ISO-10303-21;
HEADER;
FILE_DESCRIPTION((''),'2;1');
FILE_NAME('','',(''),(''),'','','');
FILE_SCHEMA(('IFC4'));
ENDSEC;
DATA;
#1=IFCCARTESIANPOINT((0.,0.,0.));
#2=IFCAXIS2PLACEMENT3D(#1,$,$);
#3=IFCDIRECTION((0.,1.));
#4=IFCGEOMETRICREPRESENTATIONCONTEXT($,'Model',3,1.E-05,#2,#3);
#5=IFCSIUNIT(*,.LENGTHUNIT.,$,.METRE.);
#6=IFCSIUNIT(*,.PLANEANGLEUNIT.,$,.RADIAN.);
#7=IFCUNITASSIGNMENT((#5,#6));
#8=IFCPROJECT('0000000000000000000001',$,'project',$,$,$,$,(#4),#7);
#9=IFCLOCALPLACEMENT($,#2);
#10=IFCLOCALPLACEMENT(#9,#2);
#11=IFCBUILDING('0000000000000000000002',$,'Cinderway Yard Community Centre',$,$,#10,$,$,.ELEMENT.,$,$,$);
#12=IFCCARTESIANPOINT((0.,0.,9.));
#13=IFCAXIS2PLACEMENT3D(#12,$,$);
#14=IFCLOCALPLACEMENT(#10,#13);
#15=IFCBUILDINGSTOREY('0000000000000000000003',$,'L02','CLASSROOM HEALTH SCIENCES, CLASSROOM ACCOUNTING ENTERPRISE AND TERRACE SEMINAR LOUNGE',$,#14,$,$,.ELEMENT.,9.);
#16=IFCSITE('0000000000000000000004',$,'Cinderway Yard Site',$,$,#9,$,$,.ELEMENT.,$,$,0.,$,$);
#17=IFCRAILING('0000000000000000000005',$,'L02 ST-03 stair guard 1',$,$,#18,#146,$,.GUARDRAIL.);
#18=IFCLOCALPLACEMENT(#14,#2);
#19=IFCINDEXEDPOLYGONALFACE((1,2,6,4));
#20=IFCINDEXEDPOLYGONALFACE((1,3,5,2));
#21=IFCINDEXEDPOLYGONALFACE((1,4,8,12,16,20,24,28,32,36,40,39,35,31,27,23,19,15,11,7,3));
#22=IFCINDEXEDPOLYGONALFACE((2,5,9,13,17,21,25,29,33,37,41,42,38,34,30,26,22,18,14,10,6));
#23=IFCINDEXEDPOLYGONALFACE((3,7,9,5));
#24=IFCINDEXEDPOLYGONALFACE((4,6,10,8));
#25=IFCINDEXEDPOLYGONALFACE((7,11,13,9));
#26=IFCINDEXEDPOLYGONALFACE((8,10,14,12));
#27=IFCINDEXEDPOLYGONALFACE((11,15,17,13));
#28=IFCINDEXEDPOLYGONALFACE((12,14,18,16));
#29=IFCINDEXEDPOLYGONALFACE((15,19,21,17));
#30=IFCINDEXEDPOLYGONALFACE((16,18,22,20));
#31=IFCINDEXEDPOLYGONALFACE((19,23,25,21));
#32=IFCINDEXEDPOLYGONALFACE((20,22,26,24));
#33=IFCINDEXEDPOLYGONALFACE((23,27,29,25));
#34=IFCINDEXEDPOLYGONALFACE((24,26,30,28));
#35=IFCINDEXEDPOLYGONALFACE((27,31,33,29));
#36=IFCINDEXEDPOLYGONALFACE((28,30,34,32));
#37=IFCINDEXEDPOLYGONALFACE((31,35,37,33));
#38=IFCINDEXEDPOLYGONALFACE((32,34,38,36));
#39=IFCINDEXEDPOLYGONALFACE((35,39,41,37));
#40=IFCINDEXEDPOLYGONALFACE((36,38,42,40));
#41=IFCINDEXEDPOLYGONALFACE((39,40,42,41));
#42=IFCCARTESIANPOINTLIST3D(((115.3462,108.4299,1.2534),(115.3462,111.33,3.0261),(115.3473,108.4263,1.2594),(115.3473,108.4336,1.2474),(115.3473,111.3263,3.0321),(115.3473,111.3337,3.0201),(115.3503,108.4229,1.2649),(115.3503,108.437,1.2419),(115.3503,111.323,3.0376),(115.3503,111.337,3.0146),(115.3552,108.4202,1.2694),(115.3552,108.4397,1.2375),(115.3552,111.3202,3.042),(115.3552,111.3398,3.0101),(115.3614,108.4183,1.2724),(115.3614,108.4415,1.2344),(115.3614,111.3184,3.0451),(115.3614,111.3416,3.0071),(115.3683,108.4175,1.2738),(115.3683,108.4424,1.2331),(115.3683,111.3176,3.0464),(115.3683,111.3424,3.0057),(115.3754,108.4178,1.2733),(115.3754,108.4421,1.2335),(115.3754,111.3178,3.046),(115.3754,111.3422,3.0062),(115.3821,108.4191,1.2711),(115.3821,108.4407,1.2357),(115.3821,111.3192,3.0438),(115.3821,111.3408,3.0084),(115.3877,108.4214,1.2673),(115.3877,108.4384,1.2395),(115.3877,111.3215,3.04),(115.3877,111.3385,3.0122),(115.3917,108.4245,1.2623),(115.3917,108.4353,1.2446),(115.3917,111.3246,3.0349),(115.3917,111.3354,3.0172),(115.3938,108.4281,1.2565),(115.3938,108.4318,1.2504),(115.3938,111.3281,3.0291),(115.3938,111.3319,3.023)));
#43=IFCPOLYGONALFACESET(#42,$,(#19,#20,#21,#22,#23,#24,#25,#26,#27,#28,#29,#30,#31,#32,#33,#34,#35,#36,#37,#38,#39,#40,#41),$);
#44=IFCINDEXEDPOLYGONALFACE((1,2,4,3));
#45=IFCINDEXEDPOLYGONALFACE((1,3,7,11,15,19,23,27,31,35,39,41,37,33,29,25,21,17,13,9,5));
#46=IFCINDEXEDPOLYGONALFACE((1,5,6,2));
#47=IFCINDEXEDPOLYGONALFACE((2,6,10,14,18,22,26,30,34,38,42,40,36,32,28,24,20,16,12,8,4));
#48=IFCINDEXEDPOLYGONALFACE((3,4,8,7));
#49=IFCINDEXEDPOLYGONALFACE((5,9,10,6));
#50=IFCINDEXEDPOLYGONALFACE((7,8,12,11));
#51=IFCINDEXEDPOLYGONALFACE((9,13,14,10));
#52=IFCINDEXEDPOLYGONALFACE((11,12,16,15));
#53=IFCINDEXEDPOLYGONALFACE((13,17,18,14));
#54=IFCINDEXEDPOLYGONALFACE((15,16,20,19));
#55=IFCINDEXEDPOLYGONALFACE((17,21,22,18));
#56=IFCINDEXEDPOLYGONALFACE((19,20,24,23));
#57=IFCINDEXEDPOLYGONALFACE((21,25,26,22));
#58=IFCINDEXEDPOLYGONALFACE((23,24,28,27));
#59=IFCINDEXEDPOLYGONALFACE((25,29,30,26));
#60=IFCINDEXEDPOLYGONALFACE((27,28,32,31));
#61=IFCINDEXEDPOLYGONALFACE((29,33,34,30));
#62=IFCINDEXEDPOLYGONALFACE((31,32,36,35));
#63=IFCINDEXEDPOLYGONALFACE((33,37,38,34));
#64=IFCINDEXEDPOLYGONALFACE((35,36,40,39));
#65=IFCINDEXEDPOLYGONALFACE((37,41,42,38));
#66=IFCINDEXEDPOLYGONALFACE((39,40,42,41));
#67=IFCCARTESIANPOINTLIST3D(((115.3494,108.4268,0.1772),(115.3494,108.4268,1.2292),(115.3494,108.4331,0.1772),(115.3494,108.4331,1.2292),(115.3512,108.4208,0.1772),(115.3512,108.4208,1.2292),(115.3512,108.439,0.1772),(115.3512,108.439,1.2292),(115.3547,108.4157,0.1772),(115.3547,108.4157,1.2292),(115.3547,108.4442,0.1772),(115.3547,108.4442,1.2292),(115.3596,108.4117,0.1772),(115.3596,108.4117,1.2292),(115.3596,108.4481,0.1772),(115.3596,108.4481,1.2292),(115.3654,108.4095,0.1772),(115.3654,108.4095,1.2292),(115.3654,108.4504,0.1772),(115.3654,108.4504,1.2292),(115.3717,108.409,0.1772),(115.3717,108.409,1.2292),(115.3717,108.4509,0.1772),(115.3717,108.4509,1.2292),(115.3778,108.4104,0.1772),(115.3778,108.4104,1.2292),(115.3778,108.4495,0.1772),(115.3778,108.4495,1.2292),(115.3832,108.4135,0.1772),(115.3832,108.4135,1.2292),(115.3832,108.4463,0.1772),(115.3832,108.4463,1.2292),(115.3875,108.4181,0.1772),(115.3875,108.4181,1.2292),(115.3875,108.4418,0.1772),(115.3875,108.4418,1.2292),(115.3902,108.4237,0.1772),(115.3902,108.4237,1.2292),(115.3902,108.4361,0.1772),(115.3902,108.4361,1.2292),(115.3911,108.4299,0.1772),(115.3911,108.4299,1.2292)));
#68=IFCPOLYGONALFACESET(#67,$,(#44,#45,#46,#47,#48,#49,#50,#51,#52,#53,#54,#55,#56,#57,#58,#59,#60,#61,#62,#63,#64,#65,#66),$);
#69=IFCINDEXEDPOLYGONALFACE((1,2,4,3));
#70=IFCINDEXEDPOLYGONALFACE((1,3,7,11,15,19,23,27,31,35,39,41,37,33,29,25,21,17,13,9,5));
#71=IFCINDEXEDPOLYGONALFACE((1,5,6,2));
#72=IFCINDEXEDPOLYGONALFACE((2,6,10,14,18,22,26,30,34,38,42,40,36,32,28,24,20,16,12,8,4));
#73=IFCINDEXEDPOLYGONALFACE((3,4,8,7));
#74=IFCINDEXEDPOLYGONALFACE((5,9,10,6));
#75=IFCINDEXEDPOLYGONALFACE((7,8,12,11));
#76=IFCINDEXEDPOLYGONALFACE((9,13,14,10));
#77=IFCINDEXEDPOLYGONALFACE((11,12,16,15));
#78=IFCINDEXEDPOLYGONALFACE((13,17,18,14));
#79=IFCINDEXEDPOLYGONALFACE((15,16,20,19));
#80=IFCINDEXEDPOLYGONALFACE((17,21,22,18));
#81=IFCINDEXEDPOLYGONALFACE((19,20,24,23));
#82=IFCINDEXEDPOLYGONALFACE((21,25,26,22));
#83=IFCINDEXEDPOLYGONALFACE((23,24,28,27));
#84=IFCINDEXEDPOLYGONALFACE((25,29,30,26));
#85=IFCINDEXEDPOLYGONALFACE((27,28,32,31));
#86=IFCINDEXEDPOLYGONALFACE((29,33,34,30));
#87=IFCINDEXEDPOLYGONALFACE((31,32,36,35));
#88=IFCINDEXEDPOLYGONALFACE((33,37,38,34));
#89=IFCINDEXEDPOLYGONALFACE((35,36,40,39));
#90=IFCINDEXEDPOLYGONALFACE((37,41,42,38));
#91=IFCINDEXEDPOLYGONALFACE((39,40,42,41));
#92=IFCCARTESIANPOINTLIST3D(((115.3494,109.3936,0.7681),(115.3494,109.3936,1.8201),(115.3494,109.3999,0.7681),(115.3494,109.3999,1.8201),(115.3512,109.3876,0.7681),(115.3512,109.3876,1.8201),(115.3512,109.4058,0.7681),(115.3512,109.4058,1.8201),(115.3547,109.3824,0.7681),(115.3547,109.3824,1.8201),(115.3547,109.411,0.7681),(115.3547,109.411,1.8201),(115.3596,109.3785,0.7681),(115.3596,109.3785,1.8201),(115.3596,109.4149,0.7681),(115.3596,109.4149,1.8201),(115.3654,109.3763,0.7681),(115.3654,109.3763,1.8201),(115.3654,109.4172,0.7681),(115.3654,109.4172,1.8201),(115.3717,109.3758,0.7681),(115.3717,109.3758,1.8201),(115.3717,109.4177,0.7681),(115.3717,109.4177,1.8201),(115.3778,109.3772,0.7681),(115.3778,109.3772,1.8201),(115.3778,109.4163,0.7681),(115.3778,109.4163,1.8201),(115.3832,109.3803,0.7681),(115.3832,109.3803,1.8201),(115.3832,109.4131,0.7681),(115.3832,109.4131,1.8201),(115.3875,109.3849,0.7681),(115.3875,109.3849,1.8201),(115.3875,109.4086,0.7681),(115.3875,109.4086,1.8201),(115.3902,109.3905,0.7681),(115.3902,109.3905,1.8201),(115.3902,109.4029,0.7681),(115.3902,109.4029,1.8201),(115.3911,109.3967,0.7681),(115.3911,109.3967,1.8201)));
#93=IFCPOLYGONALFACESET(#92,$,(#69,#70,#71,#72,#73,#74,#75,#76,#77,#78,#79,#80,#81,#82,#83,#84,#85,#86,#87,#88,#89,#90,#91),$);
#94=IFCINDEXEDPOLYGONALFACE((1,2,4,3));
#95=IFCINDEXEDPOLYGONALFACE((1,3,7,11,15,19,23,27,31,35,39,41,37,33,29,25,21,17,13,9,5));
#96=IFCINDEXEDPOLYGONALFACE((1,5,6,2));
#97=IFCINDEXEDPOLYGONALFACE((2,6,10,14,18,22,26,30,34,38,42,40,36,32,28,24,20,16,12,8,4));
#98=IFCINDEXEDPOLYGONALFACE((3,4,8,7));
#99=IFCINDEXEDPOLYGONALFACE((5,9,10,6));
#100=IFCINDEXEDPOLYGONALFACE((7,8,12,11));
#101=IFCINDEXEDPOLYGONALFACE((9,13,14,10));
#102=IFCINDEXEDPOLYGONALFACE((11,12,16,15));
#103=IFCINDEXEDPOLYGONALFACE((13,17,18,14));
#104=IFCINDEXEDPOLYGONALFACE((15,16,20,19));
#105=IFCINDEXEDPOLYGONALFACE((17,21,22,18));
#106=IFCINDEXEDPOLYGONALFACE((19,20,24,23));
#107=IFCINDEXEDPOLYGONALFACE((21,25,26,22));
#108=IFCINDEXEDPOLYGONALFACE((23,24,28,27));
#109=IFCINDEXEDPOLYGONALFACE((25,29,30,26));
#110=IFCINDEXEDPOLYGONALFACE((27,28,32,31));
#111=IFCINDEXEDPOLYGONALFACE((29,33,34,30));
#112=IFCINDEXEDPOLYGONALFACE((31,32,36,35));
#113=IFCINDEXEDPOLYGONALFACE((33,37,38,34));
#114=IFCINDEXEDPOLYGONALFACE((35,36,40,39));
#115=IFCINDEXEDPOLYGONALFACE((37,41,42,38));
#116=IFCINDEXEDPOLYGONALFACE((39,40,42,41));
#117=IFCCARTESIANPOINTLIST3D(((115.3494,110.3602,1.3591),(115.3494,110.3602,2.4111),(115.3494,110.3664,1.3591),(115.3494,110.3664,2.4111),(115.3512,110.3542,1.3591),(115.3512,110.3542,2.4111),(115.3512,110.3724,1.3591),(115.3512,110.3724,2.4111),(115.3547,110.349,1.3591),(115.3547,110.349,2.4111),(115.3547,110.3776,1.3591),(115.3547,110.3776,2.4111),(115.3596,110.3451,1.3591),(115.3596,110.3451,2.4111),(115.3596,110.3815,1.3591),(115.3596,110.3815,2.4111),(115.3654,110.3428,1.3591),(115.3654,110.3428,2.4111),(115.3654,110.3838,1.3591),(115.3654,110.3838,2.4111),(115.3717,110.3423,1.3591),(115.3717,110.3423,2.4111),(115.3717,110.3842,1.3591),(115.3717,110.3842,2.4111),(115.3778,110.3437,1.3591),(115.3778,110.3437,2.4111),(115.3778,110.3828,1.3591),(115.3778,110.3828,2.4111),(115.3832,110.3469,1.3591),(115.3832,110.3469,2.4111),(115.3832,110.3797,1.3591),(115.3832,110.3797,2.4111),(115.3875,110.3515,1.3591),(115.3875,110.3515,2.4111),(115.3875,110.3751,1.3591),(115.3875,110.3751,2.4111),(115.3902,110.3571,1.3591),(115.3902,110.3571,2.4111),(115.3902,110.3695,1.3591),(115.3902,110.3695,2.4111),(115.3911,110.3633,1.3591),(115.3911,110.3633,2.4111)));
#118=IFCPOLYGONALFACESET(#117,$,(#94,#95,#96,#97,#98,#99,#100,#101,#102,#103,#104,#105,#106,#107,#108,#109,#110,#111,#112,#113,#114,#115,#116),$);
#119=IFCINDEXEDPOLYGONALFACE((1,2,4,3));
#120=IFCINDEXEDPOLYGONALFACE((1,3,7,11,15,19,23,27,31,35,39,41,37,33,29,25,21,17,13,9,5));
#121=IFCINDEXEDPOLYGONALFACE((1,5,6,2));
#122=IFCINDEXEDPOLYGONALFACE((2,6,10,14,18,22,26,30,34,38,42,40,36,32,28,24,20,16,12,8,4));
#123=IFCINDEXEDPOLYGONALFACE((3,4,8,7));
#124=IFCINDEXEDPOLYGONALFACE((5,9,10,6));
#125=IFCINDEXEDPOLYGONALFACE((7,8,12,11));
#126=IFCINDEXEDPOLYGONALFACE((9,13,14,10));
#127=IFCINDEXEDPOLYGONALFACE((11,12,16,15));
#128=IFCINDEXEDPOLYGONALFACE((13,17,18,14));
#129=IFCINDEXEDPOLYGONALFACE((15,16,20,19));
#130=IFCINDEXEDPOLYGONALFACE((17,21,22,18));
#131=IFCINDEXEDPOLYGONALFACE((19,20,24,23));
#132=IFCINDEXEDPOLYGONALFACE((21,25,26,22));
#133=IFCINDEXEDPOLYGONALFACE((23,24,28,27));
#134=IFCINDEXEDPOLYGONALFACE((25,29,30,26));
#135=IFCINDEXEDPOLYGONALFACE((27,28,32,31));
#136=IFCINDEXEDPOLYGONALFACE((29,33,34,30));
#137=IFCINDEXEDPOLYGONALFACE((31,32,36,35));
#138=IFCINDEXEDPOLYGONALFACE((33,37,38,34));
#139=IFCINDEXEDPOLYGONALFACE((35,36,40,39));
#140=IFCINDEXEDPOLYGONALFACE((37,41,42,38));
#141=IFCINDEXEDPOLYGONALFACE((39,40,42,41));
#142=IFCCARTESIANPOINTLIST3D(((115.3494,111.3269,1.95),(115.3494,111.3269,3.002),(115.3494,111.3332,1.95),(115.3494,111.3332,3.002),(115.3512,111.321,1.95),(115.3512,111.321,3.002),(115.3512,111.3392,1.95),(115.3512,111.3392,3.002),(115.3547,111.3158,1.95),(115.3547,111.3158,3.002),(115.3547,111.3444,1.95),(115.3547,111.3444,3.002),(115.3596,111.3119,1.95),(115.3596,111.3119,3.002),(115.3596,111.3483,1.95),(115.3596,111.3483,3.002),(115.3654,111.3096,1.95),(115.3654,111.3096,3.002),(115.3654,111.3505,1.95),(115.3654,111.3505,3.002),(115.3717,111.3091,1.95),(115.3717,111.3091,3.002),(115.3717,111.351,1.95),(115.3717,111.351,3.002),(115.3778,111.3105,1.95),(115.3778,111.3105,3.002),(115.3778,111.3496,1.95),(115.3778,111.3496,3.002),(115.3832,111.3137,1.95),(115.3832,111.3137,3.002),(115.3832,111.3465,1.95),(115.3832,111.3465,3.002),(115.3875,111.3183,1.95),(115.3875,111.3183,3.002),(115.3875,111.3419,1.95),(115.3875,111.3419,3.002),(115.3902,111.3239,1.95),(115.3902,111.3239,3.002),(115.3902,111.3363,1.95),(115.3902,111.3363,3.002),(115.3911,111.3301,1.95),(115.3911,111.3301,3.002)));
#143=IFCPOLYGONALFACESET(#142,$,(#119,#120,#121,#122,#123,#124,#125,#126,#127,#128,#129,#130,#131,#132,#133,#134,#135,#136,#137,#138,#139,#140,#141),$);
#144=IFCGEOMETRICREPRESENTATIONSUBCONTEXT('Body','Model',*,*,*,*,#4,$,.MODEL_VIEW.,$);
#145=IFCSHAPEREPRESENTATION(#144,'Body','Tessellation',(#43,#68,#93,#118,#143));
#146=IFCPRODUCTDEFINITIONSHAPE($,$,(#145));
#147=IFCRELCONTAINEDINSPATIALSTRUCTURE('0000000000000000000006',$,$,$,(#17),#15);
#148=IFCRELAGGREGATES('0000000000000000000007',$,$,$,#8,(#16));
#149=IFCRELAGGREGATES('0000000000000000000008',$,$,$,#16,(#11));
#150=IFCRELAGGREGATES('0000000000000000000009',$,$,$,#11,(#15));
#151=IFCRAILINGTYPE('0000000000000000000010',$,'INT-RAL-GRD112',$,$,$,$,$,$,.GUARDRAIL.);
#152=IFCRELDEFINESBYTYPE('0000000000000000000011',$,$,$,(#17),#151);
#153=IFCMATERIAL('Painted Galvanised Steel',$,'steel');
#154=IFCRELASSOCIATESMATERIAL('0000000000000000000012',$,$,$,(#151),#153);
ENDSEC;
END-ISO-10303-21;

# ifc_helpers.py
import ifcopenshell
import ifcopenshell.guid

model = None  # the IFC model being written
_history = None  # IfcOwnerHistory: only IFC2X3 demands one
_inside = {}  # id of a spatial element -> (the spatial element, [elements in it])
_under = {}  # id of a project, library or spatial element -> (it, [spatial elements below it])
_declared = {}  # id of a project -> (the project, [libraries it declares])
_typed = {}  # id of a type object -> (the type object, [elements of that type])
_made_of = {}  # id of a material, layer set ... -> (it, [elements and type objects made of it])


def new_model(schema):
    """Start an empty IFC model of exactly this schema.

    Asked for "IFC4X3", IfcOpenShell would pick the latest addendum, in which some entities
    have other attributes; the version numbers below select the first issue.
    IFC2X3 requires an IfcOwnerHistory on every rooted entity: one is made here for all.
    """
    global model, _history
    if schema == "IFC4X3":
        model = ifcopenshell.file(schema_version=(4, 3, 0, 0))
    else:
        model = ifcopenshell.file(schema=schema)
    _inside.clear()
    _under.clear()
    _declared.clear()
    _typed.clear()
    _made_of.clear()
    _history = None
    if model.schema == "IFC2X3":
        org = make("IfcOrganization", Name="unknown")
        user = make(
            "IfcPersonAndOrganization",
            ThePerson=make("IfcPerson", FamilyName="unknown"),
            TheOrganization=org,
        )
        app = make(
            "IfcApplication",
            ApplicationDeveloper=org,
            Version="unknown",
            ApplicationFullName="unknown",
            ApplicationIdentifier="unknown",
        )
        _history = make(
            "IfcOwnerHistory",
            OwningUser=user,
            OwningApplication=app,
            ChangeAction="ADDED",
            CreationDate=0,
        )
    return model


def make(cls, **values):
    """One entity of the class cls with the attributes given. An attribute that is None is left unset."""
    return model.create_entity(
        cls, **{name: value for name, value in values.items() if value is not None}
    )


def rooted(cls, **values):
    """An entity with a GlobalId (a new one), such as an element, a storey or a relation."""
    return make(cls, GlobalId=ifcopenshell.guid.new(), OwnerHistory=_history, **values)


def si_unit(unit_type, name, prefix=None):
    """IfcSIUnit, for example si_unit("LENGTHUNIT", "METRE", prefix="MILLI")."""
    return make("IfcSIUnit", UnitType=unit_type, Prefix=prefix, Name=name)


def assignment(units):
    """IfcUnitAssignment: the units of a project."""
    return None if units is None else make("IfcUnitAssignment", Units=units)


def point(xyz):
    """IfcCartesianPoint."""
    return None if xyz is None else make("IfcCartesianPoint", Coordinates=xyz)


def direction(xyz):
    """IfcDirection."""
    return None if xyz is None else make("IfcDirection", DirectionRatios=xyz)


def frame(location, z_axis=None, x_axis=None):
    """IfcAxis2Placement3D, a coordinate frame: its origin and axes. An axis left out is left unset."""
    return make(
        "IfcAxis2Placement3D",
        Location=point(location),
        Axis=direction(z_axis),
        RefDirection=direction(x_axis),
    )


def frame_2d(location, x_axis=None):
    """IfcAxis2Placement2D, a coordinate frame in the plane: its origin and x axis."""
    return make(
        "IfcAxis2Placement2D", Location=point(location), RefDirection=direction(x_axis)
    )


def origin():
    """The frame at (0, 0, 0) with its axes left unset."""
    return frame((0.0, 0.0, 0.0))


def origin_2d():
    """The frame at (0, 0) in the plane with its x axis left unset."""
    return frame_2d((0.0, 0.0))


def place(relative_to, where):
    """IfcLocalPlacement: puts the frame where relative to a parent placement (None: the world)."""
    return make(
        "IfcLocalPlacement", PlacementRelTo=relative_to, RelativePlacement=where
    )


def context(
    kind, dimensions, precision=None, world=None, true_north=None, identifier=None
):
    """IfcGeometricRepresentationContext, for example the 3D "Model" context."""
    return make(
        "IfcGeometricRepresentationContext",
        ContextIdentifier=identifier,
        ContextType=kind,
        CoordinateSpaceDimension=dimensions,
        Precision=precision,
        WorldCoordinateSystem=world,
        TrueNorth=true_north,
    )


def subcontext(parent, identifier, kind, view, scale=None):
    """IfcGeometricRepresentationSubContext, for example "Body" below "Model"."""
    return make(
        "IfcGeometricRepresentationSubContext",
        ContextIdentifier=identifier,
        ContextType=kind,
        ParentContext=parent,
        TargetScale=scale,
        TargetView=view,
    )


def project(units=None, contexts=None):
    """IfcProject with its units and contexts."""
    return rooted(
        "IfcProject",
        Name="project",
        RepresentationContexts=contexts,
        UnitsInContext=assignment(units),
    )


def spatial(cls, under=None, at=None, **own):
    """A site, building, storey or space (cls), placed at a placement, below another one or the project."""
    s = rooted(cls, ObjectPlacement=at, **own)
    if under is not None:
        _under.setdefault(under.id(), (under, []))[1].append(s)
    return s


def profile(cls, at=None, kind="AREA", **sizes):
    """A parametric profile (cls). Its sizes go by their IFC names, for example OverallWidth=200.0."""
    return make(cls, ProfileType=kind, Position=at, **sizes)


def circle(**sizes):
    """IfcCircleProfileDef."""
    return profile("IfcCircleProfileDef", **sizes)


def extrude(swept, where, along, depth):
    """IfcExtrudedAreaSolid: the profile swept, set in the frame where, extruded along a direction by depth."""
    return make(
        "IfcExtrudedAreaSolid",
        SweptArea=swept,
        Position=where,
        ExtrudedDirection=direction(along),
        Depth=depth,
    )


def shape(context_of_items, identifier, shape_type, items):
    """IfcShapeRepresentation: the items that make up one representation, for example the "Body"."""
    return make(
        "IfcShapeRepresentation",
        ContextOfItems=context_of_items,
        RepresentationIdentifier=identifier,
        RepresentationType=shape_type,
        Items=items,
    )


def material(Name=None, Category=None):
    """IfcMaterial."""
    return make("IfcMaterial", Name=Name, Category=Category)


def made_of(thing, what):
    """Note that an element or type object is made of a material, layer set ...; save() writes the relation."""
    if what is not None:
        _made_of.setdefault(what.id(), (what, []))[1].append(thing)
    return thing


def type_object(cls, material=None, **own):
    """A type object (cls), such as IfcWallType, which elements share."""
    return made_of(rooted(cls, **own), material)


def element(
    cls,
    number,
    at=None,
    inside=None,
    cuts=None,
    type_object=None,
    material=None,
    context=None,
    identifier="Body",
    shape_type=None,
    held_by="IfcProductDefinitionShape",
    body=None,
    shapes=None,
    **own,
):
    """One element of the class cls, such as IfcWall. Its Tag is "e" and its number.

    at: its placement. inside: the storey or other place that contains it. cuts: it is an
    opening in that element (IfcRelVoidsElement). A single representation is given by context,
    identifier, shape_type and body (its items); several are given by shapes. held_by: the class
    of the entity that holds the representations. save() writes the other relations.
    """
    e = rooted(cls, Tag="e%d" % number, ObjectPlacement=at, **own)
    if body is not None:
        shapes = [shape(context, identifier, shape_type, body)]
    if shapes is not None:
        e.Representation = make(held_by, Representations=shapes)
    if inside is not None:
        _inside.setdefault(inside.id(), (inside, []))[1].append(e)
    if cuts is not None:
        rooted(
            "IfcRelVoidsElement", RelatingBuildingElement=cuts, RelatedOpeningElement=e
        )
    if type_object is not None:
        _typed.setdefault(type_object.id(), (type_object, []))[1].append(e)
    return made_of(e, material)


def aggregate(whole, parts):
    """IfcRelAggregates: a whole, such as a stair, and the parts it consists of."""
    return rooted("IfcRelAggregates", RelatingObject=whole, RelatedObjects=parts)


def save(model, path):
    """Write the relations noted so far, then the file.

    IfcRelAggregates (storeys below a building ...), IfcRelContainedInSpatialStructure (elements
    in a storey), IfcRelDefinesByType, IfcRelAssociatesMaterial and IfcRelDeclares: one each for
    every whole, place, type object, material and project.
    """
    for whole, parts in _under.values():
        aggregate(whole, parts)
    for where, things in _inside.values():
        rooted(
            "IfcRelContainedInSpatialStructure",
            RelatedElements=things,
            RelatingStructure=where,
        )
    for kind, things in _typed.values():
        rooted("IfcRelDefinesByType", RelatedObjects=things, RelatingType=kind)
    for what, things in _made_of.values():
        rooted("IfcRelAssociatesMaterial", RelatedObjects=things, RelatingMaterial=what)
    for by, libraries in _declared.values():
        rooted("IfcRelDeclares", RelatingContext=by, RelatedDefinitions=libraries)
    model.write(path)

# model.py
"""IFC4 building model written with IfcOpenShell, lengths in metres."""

from ifc_helpers import new_model, si_unit, direction, frame, origin, origin_2d, place, context, subcontext, project, spatial, circle, extrude, material, type_object, element, save


model = new_model("IFC4")

# Units and contexts
model_context = context("Model", 3, precision=1e-05, world=origin(), true_north=direction((0.0, 1.0)))
body_context = subcontext(model_context, "Body", "Model", "MODEL_VIEW")
ifc_project = project(units=[si_unit("LENGTHUNIT", "METRE"), si_unit("PLANEANGLEUNIT", "RADIAN")], contexts=[model_context])

# Site, building, storey
site_placement = place(None, origin())
site = spatial("IfcSite", under=ifc_project, at=site_placement, Name="Cinderway Yard Site", CompositionType="ELEMENT", RefElevation=0.0)
building_placement = place(site_placement, origin())
building = spatial("IfcBuilding", under=site, at=building_placement, Name="Cinderway Yard Community Centre", CompositionType="ELEMENT")
storey_placement = place(building_placement, frame((0.0, 0.0, 9.0)))
storey = spatial("IfcBuildingStorey", under=building, at=storey_placement, Name="L02", Description="CLASSROOM HEALTH SCIENCES, CLASSROOM ACCOUNTING ENTERPRISE AND TERRACE SEMINAR LOUNGE", CompositionType="ELEMENT", Elevation=9.0)

# Railing
ifc_material_1 = material(Name="Painted Galvanised Steel", Category="steel")
railing_type_1 = type_object("IfcRailingType", Name="INT-RAL-GRD112", PredefinedType="GUARDRAIL", material=ifc_material_1)
railing_1_placement = place(storey_placement, frame((115.3701, 108.4299, 0.1772)))
element("IfcRailing", 1, at=railing_1_placement, inside=storey, type_object=railing_type_1, Name="L02 ST-03 stair guard 1", PredefinedType="GUARDRAIL", context=body_context, shape_type="SweptSolid", body=[
    extrude(circle(Radius=0.0239, at=origin_2d()), frame((0.0, 0.0, 1.0762), z_axis=(0.0, 0.85323, 0.521534), x_axis=(-1.0, 0.0, 0.0)), (0.0, 0.0, 1.0), 3.3989),
    extrude(circle(Radius=0.021, at=origin_2d()), origin(), (0.0, 0.0, 1.0), 1.052),
    extrude(circle(Radius=0.021, at=origin_2d()), frame((0.0, 0.9668, 0.5908)), (0.0, 0.0, 1.0), 1.052),
    extrude(circle(Radius=0.021, at=origin_2d()), frame((0.0, 1.9333, 1.1819)), (0.0, 0.0, 1.0), 1.052),
    extrude(circle(Radius=0.021, at=origin_2d()), frame((0.0, 2.9001, 1.7727)), (0.0, 0.0, 1.0), 1.052),
])

save(model, "model.ifc")
